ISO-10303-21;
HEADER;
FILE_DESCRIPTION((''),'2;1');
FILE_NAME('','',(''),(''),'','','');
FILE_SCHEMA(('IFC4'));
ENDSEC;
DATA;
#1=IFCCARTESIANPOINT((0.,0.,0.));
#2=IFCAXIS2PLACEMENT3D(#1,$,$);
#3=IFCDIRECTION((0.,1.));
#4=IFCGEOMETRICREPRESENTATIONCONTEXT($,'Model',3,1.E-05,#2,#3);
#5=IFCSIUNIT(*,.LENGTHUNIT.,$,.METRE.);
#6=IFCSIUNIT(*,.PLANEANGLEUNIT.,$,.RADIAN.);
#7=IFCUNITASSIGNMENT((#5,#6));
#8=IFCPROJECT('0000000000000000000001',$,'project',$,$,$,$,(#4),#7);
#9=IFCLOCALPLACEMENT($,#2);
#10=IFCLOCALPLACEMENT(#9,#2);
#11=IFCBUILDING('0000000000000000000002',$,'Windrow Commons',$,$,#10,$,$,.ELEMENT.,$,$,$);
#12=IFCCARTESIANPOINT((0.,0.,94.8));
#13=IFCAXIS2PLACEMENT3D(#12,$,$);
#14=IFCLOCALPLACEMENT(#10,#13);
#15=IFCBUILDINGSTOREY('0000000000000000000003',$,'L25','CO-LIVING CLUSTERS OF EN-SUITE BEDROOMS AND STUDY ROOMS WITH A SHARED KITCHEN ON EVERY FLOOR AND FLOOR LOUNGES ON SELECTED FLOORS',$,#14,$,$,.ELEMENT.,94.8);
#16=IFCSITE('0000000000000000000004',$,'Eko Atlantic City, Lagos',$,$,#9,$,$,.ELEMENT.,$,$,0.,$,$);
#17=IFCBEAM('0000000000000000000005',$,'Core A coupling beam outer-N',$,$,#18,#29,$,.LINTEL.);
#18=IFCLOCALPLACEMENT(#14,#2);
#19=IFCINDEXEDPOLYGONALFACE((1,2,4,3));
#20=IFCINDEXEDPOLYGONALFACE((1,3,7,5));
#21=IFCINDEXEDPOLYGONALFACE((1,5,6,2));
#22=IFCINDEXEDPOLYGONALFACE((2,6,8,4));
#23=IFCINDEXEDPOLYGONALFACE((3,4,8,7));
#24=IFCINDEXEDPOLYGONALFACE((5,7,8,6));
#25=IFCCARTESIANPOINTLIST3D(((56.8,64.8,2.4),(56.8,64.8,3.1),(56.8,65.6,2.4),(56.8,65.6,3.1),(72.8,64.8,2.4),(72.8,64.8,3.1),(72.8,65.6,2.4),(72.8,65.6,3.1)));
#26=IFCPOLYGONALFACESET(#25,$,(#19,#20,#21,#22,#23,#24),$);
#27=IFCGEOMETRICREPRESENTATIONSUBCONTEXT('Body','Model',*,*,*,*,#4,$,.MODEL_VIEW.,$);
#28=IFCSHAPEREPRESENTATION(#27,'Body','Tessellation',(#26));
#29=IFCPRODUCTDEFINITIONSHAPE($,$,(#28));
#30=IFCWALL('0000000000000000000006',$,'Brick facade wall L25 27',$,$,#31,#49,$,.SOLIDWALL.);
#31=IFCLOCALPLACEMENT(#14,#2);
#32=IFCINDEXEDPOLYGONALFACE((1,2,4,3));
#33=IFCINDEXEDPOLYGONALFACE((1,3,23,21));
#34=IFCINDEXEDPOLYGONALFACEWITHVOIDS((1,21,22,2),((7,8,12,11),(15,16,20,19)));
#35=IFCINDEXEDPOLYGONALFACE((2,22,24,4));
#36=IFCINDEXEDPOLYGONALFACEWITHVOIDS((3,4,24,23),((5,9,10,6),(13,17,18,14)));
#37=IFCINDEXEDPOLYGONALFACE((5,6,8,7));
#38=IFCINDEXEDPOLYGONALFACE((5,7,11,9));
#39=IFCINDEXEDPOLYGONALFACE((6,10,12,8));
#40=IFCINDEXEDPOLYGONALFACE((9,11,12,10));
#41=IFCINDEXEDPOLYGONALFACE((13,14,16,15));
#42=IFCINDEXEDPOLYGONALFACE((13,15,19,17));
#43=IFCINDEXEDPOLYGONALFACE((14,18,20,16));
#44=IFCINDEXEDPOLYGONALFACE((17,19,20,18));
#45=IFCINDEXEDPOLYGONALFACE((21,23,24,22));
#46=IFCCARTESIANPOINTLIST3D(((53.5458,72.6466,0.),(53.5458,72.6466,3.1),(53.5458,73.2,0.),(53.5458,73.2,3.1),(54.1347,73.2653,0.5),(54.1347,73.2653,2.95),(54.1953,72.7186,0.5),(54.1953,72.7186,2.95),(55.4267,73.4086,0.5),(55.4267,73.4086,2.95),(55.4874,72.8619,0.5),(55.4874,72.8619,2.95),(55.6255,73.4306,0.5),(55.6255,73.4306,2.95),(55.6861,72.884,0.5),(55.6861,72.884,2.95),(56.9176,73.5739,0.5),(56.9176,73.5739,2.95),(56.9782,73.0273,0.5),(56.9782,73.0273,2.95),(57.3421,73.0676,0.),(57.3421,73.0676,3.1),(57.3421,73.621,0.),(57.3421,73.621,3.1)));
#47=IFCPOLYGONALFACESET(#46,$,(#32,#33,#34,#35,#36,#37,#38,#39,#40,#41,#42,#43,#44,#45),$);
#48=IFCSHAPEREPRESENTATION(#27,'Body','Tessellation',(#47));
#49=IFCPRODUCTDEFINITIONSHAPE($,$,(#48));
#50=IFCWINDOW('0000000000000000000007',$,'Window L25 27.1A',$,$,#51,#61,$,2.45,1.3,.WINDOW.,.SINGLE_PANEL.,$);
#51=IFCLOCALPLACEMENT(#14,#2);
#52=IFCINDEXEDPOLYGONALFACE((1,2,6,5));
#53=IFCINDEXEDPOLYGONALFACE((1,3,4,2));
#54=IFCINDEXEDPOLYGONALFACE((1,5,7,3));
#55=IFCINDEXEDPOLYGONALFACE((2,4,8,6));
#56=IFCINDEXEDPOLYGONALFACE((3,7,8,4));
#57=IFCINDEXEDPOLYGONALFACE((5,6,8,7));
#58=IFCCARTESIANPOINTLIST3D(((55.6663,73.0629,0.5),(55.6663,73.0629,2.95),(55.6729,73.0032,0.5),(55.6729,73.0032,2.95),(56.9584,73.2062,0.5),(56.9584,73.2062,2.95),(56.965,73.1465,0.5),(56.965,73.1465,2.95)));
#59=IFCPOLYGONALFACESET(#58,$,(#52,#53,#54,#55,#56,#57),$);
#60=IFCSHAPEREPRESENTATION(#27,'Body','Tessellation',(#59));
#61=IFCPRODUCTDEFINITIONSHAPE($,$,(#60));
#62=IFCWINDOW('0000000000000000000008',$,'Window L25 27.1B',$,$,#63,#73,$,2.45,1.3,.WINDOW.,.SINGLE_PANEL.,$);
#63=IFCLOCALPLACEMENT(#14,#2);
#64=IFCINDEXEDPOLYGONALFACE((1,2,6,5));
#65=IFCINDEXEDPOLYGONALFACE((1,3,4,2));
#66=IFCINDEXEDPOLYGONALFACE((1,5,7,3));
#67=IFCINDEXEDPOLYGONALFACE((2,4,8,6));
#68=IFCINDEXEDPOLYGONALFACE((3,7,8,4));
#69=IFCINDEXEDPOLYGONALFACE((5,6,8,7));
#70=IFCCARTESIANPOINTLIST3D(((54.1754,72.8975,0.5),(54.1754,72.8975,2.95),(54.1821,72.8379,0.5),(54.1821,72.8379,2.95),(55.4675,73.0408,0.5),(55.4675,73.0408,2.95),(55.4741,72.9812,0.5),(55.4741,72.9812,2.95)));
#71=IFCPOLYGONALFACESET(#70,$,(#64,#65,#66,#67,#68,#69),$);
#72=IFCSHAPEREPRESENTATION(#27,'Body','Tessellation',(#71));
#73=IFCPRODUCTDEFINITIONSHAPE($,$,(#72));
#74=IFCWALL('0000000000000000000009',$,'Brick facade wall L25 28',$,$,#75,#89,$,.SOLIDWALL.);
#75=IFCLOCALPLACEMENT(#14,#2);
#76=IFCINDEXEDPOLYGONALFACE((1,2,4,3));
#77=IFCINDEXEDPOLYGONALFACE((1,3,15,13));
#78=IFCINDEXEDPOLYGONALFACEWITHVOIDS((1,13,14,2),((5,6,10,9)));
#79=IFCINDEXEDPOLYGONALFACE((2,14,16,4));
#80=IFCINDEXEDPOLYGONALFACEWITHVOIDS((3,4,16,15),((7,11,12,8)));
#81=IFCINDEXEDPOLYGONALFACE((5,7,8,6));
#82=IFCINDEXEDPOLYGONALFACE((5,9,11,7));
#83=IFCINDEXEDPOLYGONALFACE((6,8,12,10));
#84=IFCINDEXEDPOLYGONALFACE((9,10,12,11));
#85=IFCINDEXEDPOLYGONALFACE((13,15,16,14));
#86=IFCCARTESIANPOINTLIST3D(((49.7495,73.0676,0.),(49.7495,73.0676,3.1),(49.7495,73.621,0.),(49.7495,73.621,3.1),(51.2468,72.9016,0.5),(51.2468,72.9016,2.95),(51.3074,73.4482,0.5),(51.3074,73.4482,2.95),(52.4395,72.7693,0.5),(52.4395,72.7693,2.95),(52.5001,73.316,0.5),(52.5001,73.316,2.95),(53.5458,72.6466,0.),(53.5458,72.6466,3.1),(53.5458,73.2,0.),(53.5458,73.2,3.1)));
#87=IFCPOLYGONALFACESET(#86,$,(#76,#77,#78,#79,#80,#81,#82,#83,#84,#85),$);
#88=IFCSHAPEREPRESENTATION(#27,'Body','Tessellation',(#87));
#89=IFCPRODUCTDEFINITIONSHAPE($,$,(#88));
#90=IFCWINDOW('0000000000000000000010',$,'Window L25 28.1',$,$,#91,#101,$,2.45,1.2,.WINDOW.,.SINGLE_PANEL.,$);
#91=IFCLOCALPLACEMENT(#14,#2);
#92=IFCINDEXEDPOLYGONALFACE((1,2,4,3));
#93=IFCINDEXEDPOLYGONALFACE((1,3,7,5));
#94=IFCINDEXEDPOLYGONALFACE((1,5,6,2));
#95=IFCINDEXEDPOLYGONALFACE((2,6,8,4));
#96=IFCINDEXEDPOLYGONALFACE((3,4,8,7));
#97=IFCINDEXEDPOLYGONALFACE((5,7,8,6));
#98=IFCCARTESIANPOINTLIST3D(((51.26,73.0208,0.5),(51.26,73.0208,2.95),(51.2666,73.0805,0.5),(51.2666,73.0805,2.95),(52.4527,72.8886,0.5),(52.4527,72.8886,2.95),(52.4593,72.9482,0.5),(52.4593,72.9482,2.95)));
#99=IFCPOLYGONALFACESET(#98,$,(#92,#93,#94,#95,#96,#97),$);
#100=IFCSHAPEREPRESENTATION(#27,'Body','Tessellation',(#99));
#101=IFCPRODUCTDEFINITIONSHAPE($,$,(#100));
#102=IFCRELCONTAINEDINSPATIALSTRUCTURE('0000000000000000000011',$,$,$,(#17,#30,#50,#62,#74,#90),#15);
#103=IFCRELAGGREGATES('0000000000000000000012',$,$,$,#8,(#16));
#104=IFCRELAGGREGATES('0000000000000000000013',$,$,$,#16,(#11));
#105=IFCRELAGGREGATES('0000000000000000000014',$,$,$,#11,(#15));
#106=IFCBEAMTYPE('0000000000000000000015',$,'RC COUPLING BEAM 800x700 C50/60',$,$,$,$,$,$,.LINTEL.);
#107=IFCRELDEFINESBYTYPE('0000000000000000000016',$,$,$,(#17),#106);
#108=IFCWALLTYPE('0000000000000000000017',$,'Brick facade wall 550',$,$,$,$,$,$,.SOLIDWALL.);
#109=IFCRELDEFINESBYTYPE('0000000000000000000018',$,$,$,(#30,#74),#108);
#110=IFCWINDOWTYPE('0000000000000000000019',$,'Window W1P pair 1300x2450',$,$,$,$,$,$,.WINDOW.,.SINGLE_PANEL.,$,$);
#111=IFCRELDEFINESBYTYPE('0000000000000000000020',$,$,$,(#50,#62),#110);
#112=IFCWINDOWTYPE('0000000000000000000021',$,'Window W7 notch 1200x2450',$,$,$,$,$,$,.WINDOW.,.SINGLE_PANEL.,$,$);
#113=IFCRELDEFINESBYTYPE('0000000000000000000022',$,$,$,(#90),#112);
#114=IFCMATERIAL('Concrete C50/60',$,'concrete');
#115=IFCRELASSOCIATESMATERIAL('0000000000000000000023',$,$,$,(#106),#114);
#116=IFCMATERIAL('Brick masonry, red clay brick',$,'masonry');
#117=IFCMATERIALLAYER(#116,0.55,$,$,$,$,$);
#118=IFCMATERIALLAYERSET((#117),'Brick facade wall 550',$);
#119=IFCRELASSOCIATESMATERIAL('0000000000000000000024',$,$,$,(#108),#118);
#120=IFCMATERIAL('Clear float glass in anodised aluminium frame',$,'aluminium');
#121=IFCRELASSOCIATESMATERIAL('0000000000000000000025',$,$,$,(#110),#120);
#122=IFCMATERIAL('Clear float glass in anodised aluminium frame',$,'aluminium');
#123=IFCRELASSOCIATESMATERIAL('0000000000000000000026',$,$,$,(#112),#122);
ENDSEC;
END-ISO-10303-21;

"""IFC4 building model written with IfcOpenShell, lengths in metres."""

from ifc_helpers import new_model, si_unit, direction, frame, frame_2d, origin, origin_2d, place, context, subcontext, project, spatial, polyline, rectangle, outline, extrude, material, layer, layer_set, material_profile, profile_set, type_object, element, fill, save


model = new_model("IFC4")

# Units and contexts
model_context = context("Model", 3, precision=1e-05, world=origin(), true_north=direction((0.0, 1.0)))
body_context = subcontext(model_context, "Body", "Model", "MODEL_VIEW")
ifc_project = project(units=[si_unit("LENGTHUNIT", "METRE"), si_unit("PLANEANGLEUNIT", "RADIAN")], contexts=[model_context])

# Site, building, storey
site_placement = place(None, origin())
site = spatial("IfcSite", under=ifc_project, at=site_placement, Name="Eko Atlantic City, Lagos", CompositionType="ELEMENT", RefElevation=0.0)
building_placement = place(site_placement, origin())
building = spatial("IfcBuilding", under=site, at=building_placement, Name="Windrow Commons", CompositionType="ELEMENT")
storey_placement = place(building_placement, frame((0.0, 0.0, 94.8)))
storey = spatial("IfcBuildingStorey", under=building, at=storey_placement, Name="L25", Description="CO-LIVING CLUSTERS OF EN-SUITE BEDROOMS AND STUDY ROOMS WITH A SHARED KITCHEN ON EVERY FLOOR AND FLOOR LOUNGES ON SELECTED FLOORS", CompositionType="ELEMENT", Elevation=94.8)

# Beam
ifc_material_1 = material(Name="Concrete C50/60", Category="concrete")
ifc_material_profile = material_profile(ifc_material_1, rectangle(XDim=0.8, YDim=0.7, at=origin_2d()))
ifc_profile_set = profile_set([ifc_material_profile], Name="Concrete C50/60")
beam_type = type_object("IfcBeamType", Name="RC COUPLING BEAM 800x700 C50/60", PredefinedType="LINTEL", material=ifc_profile_set)
beam_placement = place(storey_placement, frame((56.8, 65.2, 2.75), z_axis=(1.0, 0.0, 0.0), x_axis=(0.0, 1.0, 0.0)))
element("IfcBeam", 1, at=beam_placement, inside=storey, type_object=beam_type, Name="Core A coupling beam outer-N", PredefinedType="LINTEL", context=body_context, shape_type="SweptSolid", body=[
    extrude(rectangle(XDim=0.8, YDim=0.7, at=origin_2d()), origin(), (0.0, 0.0, 1.0), 16.0),
])

# Wall, openings, windows
ifc_material_2 = material(Name="Brick masonry, red clay brick", Category="masonry")
ifc_layer_1 = layer(ifc_material_2, 0.55)
ifc_layer_set_1 = layer_set([ifc_layer_1], Name="Brick facade wall 550")
wall_type_1 = type_object("IfcWallType", Name="Brick facade wall 550", PredefinedType="SOLIDWALL", material=ifc_layer_set_1)
wall_1_placement = place(storey_placement, frame((57.3421, 73.3443, 0.0), z_axis=(0.0, 0.0, 1.0), x_axis=(-0.993907, -0.110222, 0.0)))
wall_1 = element("IfcWall", 2, at=wall_1_placement, inside=storey, type_object=wall_type_1, Name="Brick facade wall L25 27", PredefinedType="SOLIDWALL", context=body_context, shape_type="SweptSolid", body=[
    extrude(outline(polyline([(-0.0305, -0.275), (3.7891, -0.275), (3.8501, 0.275), (0.0305, 0.275), (-0.0305, -0.275)])), origin(), (0.0, 0.0, 1.0), 3.1),
])
opening_1_placement = place(wall_1_placement, frame((0.3966, 0.0, 0.5)))
opening_1 = element("IfcOpeningElement", 3, at=opening_1_placement, cuts=wall_1, PredefinedType="OPENING", context=body_context, shape_type="SweptSolid", body=[
    extrude(rectangle(XDim=1.3, YDim=2.45, at=frame_2d((0.65, 1.225))), frame((0.0, 0.285, 0.0), z_axis=(0.0, -1.0, 0.0), x_axis=(1.0, 0.0, 0.0)), (0.0, 0.0, 1.0), 0.57),
])
opening_2_placement = place(wall_1_placement, frame((1.8966, 0.0, 0.5)))
opening_2 = element("IfcOpeningElement", 4, at=opening_2_placement, cuts=wall_1, PredefinedType="OPENING", context=body_context, shape_type="SweptSolid", body=[
    extrude(rectangle(XDim=1.3, YDim=2.45, at=frame_2d((0.65, 1.225))), frame((0.0, 0.285, 0.0), z_axis=(0.0, -1.0, 0.0), x_axis=(1.0, 0.0, 0.0)), (0.0, 0.0, 1.0), 0.57),
])
ifc_material_3 = material(Name="Clear float glass in anodised aluminium frame", Category="aluminium")
window_type_1 = type_object("IfcWindowType", Name="Window W1P pair 1300x2450", PartitioningType="SINGLE_PANEL", PredefinedType="WINDOW", material=ifc_material_3)
window_1_placement = place(opening_1_placement, origin())
window_1 = element("IfcWindow", 5, at=window_1_placement, inside=storey, type_object=window_type_1, Name="Window L25 27.1A", OverallHeight=2.45, OverallWidth=1.3, PartitioningType="SINGLE_PANEL", PredefinedType="WINDOW", context=body_context, shape_type="SweptSolid", body=[
    extrude(rectangle(XDim=1.3, YDim=2.45, at=frame_2d((0.65, 1.225))), frame((0.0, 0.155, 0.0), z_axis=(0.0, -1.0, 0.0), x_axis=(1.0, 0.0, 0.0)), (0.0, 0.0, 1.0), 0.06),
])
fill(opening_1, window_1)
window_2_placement = place(opening_2_placement, origin())
window_2 = element("IfcWindow", 6, at=window_2_placement, inside=storey, type_object=window_type_1, Name="Window L25 27.1B", OverallHeight=2.45, OverallWidth=1.3, PartitioningType="SINGLE_PANEL", PredefinedType="WINDOW", context=body_context, shape_type="SweptSolid", body=[
    extrude(rectangle(XDim=1.3, YDim=2.45, at=frame_2d((0.65, 1.225))), frame((0.0, 0.155, 0.0), z_axis=(0.0, -1.0, 0.0), x_axis=(1.0, 0.0, 0.0)), (0.0, 0.0, 1.0), 0.06),
])
fill(opening_2, window_2)

# Wall, opening, window
wall_2_placement = place(storey_placement, frame((53.5458, 72.9233, 0.0), z_axis=(0.0, 0.0, 1.0), x_axis=(-0.993907, 0.110222, 0.0)))
wall_2 = element("IfcWall", 7, at=wall_2_placement, inside=storey, type_object=wall_type_1, Name="Brick facade wall L25 28", PredefinedType="SOLIDWALL", context=body_context, shape_type="SweptSolid", body=[
    extrude(outline(polyline([(0.0305, -0.275), (3.8501, -0.275), (3.7891, 0.275), (-0.0305, 0.275), (0.0305, -0.275)])), origin(), (0.0, 0.0, 1.0), 3.1),
])
opening_3_placement = place(wall_2_placement, frame((1.0826, 0.0, 0.5)))
opening_3 = element("IfcOpeningElement", 8, at=opening_3_placement, cuts=wall_2, PredefinedType="OPENING", context=body_context, shape_type="SweptSolid", body=[
    extrude(rectangle(XDim=1.2, YDim=2.45, at=frame_2d((0.6, 1.225))), frame((0.0, 0.285, 0.0), z_axis=(0.0, -1.0, 0.0), x_axis=(1.0, 0.0, 0.0)), (0.0, 0.0, 1.0), 0.57),
])
ifc_material_4 = material(Name="Clear float glass in anodised aluminium frame", Category="aluminium")
window_type_2 = type_object("IfcWindowType", Name="Window W7 notch 1200x2450", PartitioningType="SINGLE_PANEL", PredefinedType="WINDOW", material=ifc_material_4)
window_3_placement = place(opening_3_placement, origin())
window_3 = element("IfcWindow", 9, at=window_3_placement, inside=storey, type_object=window_type_2, Name="Window L25 28.1", OverallHeight=2.45, OverallWidth=1.2, PartitioningType="SINGLE_PANEL", PredefinedType="WINDOW", context=body_context, shape_type="SweptSolid", body=[
    extrude(rectangle(XDim=1.2, YDim=2.45, at=frame_2d((0.6, 1.225))), frame((0.0, 0.155, 0.0), z_axis=(0.0, -1.0, 0.0), x_axis=(1.0, 0.0, 0.0)), (0.0, 0.0, 1.0), 0.06),
])
fill(opening_3, window_3)

save(model, "model.ifc")
